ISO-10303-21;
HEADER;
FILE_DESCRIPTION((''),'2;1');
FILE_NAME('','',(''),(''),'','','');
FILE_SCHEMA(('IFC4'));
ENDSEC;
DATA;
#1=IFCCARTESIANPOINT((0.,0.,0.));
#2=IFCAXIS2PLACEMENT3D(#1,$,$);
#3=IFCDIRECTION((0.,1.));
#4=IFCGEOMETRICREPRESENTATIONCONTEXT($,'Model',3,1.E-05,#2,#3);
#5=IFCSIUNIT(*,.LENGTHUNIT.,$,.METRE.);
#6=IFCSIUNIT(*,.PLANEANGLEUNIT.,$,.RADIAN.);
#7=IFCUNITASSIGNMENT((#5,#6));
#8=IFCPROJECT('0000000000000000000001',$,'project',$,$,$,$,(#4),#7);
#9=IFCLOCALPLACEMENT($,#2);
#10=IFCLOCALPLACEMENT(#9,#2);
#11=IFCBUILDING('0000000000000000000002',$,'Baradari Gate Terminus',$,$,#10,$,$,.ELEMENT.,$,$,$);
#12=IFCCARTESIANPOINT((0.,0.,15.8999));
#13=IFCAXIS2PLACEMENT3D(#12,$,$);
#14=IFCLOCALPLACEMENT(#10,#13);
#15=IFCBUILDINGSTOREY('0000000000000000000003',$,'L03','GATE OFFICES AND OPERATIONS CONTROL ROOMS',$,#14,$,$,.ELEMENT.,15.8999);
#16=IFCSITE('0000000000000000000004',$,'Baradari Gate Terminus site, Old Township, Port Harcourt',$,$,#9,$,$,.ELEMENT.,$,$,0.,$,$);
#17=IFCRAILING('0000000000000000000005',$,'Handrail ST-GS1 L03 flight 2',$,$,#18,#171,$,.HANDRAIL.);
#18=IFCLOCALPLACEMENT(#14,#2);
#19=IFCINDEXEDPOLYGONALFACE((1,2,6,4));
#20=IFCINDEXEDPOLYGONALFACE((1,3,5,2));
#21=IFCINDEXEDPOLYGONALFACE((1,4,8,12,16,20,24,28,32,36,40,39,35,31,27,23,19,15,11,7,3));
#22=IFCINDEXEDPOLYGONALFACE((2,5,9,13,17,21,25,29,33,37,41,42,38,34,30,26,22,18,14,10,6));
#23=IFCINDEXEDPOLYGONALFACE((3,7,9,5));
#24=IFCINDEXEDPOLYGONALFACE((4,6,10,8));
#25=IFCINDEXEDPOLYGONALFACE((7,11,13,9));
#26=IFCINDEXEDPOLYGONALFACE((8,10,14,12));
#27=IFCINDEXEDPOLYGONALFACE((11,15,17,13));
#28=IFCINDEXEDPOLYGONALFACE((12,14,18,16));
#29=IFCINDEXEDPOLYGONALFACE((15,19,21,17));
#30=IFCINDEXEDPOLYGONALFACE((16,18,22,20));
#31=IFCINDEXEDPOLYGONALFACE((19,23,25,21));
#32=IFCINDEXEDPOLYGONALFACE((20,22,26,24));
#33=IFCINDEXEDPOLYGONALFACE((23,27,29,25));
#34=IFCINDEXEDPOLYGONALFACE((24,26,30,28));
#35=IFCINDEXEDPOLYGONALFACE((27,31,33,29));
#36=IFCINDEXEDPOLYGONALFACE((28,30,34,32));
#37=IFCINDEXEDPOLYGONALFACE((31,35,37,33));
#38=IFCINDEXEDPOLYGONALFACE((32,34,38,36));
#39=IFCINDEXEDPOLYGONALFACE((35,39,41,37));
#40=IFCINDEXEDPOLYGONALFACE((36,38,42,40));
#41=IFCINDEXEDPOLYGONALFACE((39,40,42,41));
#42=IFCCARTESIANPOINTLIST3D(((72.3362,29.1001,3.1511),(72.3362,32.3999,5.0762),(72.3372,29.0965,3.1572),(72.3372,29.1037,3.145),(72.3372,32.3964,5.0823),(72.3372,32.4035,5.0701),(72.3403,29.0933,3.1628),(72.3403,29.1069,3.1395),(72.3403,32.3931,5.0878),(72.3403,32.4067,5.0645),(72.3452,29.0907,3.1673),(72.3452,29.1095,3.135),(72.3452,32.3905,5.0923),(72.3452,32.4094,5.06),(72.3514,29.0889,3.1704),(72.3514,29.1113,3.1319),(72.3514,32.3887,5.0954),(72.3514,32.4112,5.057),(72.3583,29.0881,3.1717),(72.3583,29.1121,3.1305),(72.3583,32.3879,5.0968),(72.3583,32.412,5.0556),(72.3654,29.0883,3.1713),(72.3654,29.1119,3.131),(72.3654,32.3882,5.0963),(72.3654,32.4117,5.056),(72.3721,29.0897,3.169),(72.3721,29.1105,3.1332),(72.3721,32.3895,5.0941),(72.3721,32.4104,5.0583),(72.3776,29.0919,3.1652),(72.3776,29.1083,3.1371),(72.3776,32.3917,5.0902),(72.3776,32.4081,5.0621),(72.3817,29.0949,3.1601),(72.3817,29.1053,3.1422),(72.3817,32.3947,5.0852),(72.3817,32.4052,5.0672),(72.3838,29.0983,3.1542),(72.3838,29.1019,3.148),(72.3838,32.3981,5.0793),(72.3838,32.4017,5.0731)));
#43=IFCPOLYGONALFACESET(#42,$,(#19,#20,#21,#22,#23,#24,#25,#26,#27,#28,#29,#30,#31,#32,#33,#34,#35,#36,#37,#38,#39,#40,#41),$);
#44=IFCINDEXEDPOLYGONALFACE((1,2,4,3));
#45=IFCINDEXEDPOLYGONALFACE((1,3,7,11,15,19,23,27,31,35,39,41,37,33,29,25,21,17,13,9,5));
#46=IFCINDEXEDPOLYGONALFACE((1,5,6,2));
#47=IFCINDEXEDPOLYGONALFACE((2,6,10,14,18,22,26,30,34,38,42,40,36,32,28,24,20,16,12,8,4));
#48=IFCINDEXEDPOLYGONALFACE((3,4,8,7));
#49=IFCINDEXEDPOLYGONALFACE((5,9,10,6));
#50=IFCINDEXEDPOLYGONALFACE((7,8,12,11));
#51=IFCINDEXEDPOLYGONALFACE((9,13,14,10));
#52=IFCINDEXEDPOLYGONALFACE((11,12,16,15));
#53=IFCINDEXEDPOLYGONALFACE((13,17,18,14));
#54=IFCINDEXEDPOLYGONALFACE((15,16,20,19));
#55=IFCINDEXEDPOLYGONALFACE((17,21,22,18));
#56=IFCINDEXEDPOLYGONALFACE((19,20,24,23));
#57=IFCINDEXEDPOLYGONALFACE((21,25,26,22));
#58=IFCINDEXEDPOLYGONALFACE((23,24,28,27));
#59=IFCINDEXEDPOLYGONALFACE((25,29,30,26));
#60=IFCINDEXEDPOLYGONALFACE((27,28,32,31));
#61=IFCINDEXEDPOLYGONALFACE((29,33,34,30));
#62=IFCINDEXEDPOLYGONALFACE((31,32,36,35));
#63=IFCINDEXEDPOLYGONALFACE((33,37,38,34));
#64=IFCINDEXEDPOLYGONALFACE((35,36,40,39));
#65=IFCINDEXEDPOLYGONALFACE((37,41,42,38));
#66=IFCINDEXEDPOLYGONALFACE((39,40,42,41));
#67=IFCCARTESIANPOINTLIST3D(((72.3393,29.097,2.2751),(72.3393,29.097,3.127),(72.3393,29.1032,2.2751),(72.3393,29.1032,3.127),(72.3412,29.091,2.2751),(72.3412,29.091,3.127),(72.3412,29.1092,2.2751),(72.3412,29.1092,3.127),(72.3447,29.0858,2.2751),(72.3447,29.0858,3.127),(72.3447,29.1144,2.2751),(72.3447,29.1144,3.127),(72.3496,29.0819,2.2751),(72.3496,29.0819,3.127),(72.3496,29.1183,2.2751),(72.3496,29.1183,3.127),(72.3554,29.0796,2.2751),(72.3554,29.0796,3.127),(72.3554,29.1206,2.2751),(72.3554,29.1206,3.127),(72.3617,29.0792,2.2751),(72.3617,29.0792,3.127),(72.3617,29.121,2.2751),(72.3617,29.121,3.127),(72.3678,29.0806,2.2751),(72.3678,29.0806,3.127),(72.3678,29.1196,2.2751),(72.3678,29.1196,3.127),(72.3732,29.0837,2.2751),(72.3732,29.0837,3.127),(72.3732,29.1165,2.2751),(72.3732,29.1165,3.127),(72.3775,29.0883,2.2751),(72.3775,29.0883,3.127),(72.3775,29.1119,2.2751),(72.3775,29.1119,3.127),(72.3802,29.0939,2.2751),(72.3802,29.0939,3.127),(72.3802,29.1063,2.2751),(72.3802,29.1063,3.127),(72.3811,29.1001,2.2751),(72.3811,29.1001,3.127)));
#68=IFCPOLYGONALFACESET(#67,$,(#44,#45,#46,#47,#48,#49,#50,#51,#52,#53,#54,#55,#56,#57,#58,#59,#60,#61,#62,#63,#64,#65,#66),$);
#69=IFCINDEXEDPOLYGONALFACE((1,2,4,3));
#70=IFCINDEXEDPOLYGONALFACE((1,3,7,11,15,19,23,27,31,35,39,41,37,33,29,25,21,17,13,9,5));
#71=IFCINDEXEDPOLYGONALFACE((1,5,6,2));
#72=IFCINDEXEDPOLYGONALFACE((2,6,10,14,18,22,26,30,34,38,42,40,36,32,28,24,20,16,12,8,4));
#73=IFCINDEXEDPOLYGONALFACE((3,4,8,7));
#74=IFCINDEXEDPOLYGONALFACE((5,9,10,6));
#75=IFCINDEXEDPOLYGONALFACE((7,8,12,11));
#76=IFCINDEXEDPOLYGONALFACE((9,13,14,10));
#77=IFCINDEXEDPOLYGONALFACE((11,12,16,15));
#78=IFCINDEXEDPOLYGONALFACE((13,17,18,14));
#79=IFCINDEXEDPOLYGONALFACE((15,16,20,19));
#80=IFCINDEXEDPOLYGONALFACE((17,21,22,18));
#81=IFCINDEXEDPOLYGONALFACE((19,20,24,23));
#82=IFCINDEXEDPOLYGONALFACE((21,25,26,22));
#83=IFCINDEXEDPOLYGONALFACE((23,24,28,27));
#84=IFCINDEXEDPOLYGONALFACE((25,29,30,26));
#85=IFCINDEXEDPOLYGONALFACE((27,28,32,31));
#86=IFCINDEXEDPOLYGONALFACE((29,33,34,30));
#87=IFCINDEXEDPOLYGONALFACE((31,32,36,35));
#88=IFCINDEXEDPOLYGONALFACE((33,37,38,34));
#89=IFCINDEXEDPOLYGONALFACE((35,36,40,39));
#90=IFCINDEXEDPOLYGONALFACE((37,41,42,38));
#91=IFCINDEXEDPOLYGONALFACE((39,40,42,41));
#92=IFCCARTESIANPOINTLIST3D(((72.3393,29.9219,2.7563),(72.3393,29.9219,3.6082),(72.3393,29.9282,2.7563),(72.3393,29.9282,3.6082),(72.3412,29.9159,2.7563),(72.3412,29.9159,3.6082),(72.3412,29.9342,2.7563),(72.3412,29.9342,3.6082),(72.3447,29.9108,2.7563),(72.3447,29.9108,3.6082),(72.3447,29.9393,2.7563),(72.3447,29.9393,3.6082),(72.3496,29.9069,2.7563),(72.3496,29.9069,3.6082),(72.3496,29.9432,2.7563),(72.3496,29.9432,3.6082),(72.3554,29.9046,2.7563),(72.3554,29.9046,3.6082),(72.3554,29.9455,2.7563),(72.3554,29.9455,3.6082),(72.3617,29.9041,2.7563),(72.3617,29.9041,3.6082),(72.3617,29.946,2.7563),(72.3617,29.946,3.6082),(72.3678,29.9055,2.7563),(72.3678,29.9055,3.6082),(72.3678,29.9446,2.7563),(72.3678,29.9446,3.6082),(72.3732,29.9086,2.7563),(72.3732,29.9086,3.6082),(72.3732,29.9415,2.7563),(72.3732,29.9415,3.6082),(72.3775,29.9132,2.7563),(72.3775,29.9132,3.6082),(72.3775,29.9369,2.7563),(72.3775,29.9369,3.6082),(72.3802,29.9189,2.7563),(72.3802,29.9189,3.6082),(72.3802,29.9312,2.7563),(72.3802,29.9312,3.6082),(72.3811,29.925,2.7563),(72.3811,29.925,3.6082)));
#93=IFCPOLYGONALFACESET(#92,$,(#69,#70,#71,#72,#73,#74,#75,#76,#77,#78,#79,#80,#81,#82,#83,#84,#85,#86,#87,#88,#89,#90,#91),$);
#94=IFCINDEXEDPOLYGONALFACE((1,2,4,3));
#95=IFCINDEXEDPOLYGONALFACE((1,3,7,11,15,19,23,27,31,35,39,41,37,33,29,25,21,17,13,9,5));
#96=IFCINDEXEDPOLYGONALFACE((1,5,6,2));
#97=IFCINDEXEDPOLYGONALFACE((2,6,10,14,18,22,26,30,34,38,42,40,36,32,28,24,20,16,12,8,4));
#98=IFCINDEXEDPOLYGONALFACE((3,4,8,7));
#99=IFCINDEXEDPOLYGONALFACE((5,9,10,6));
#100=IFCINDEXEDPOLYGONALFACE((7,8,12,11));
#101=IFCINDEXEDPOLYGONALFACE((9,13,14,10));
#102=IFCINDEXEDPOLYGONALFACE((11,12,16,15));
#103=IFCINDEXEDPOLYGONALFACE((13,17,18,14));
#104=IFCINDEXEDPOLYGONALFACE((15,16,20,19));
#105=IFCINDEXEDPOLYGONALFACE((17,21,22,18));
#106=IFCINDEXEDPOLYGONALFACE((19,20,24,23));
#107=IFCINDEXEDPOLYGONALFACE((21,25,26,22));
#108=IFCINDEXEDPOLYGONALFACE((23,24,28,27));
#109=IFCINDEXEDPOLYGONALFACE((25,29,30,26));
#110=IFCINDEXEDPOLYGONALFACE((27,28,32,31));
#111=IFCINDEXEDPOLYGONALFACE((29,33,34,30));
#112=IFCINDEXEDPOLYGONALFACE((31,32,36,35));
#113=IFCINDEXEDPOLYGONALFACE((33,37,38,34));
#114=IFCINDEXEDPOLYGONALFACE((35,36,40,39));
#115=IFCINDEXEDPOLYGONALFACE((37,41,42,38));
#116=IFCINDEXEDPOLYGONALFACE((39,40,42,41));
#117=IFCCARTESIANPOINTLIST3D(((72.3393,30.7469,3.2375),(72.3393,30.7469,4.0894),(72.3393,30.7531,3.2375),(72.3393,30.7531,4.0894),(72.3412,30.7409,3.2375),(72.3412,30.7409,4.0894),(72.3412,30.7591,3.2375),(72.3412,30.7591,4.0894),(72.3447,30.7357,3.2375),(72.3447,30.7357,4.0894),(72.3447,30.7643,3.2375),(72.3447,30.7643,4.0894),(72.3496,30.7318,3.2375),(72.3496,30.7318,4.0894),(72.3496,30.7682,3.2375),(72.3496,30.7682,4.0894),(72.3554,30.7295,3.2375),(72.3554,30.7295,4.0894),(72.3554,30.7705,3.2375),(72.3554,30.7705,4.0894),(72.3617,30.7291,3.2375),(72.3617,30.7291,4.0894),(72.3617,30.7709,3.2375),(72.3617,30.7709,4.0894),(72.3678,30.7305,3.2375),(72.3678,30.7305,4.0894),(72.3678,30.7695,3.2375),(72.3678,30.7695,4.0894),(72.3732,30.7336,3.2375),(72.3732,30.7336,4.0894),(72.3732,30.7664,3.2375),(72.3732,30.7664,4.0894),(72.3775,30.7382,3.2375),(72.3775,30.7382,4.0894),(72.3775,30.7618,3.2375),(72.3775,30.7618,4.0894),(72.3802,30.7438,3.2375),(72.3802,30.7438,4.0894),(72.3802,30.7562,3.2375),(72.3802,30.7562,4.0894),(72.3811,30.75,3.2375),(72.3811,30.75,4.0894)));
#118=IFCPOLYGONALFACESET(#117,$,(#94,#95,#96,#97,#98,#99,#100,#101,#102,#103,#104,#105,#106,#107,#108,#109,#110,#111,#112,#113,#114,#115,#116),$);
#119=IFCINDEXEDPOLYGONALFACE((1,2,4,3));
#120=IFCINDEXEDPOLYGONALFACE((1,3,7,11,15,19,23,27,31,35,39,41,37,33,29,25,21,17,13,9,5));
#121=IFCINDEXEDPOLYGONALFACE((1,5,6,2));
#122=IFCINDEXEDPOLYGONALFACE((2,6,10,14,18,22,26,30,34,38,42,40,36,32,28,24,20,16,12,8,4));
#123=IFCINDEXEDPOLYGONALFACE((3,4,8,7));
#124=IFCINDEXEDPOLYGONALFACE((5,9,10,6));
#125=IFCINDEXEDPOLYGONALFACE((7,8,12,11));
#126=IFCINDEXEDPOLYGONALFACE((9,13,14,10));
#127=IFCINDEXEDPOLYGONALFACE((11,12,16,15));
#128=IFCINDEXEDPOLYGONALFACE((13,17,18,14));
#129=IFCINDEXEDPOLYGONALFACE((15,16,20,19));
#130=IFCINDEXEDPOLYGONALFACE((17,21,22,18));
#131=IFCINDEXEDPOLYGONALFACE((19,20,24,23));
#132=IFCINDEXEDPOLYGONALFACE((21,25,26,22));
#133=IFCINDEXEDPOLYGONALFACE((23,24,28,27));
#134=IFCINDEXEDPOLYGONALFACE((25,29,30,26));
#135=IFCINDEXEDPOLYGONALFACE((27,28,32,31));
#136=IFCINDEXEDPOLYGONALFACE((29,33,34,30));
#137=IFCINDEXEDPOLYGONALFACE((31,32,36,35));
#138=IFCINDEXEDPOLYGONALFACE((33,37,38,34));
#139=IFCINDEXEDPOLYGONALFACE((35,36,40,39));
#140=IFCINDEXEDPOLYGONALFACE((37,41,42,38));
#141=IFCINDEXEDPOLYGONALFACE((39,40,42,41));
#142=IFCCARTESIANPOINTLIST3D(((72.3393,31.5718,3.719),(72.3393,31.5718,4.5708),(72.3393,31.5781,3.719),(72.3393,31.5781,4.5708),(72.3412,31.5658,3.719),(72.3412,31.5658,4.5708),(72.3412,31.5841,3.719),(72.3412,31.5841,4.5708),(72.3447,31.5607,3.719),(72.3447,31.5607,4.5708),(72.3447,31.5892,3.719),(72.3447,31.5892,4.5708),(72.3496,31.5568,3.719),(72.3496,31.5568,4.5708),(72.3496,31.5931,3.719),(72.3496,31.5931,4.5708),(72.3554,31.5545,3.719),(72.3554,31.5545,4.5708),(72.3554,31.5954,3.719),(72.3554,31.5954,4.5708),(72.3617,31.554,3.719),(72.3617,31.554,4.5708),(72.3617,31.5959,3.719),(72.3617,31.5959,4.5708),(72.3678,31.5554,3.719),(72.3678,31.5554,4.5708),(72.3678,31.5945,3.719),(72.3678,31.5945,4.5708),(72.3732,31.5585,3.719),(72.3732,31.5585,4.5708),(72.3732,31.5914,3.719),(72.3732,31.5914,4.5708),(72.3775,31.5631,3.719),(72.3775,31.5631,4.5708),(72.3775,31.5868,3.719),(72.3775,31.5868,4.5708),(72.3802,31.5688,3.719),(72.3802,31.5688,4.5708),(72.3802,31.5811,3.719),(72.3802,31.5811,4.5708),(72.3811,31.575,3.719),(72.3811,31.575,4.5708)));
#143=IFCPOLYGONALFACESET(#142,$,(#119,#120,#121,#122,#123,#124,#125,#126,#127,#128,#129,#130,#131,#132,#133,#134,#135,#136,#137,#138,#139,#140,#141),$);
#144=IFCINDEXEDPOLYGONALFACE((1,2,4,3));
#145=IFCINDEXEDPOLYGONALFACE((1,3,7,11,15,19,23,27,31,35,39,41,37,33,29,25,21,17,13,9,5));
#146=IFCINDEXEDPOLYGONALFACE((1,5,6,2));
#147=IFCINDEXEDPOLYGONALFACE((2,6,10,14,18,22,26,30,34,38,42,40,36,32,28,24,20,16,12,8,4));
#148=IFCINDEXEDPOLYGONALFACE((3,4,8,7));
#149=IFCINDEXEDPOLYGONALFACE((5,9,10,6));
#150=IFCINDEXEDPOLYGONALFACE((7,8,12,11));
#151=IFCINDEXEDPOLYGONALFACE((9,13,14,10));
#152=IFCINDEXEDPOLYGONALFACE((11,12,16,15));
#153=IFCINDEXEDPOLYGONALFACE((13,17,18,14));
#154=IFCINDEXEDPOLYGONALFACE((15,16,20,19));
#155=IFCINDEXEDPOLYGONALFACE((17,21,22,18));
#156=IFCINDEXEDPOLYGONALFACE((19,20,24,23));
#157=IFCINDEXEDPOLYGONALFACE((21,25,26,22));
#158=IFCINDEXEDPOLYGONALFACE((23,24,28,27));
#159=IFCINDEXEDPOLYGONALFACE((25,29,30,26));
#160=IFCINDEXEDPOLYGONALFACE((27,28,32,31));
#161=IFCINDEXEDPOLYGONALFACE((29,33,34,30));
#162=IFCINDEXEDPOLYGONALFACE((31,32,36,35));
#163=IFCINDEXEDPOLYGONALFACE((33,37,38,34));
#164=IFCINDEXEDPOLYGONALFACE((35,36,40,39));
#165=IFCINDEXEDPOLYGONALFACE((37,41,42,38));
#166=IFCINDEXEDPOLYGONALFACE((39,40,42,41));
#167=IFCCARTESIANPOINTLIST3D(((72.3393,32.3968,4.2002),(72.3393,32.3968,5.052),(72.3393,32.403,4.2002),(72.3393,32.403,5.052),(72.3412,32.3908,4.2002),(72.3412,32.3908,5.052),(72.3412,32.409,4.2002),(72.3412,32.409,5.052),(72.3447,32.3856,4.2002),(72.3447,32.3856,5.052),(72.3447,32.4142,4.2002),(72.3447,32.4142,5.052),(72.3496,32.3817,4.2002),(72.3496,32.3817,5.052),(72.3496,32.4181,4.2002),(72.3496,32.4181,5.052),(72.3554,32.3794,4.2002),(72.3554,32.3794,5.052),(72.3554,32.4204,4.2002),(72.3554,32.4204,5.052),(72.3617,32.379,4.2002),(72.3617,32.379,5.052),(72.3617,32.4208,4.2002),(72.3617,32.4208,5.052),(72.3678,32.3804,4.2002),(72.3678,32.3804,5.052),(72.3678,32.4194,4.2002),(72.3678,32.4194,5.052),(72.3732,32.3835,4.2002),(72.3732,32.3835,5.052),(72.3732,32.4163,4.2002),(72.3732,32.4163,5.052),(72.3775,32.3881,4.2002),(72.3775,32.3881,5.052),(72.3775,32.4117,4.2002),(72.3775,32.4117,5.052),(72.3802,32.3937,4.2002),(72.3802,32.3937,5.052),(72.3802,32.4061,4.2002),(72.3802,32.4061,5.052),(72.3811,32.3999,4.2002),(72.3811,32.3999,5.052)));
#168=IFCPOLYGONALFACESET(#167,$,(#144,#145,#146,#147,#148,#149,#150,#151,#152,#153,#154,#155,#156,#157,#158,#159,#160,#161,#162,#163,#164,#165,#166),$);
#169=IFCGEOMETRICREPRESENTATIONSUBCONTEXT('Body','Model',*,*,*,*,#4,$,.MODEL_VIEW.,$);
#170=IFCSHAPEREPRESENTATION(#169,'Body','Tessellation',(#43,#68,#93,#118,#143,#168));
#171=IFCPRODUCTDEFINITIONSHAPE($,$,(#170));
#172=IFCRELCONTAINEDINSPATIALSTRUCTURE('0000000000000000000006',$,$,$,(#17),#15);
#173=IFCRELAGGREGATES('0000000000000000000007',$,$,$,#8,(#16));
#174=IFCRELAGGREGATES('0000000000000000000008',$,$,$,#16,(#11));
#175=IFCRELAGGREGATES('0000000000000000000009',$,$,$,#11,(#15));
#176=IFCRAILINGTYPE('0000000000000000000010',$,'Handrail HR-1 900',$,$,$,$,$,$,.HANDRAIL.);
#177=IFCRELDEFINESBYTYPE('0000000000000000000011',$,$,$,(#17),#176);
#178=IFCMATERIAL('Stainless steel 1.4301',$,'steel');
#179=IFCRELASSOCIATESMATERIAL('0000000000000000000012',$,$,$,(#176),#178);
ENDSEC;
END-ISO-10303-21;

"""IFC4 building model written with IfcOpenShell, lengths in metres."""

from ifc_helpers import new_model, si_unit, direction, frame, origin, origin_2d, place, context, subcontext, project, spatial, circle, extrude, material, type_object, element, save


model = new_model("IFC4")

# Units and contexts
model_context = context("Model", 3, precision=1e-05, world=origin(), true_north=direction((0.0, 1.0)))
body_context = subcontext(model_context, "Body", "Model", "MODEL_VIEW")
ifc_project = project(units=[si_unit("LENGTHUNIT", "METRE"), si_unit("PLANEANGLEUNIT", "RADIAN")], contexts=[model_context])

# Site, building, storey
site_placement = place(None, origin())
site = spatial("IfcSite", under=ifc_project, at=site_placement, Name="Baradari Gate Terminus site, Old Township, Port Harcourt", CompositionType="ELEMENT", RefElevation=0.0)
building_placement = place(site_placement, origin())
building = spatial("IfcBuilding", under=site, at=building_placement, Name="Baradari Gate Terminus", CompositionType="ELEMENT")
storey_placement = place(building_placement, frame((0.0, 0.0, 15.8999)))
storey = spatial("IfcBuildingStorey", under=building, at=storey_placement, Name="L03", Description="GATE OFFICES AND OPERATIONS CONTROL ROOMS", CompositionType="ELEMENT", Elevation=15.8999)

# Railing
ifc_material_1 = material(Name="Stainless steel 1.4301", Category="steel")
railing_type = type_object("IfcRailingType", Name="Handrail HR-1 900", PredefinedType="HANDRAIL", material=ifc_material_1)
for number, where, name in (
    (1, (72.3601, 29.1001, 2.2751), "Handrail ST-GS1 L03 flight 2"),
):
    element("IfcRailing", number, at=place(storey_placement, frame(where)), inside=storey, type_object=railing_type, Name=name, PredefinedType="HANDRAIL", context=body_context, shape_type="SweptSolid", body=[
        extrude(circle(Radius=0.0239, at=origin_2d()), frame((0.0, 0.0, 0.876), z_axis=(0.0, 0.86376, 0.503903), x_axis=(-1.0, 0.0, 0.0)), (0.0, 0.0, 1.0), 3.8203),
        extrude(circle(Radius=0.021, at=origin_2d()), origin(), (0.0, 0.0, 1.0), 0.8518),
        extrude(circle(Radius=0.021, at=origin_2d()), frame((0.0, 0.825, 0.4812)), (0.0, 0.0, 1.0), 0.8518),
        extrude(circle(Radius=0.021, at=origin_2d()), frame((0.0, 1.6499, 0.9624)), (0.0, 0.0, 1.0), 0.8518),
        extrude(circle(Radius=0.021, at=origin_2d()), frame((0.0, 2.4749, 1.4438)), (0.0, 0.0, 1.0), 0.8518),
        extrude(circle(Radius=0.021, at=origin_2d()), frame((0.0, 3.2998, 1.925)), (0.0, 0.0, 1.0), 0.8518),
    ])

save(model, "model.ifc")
